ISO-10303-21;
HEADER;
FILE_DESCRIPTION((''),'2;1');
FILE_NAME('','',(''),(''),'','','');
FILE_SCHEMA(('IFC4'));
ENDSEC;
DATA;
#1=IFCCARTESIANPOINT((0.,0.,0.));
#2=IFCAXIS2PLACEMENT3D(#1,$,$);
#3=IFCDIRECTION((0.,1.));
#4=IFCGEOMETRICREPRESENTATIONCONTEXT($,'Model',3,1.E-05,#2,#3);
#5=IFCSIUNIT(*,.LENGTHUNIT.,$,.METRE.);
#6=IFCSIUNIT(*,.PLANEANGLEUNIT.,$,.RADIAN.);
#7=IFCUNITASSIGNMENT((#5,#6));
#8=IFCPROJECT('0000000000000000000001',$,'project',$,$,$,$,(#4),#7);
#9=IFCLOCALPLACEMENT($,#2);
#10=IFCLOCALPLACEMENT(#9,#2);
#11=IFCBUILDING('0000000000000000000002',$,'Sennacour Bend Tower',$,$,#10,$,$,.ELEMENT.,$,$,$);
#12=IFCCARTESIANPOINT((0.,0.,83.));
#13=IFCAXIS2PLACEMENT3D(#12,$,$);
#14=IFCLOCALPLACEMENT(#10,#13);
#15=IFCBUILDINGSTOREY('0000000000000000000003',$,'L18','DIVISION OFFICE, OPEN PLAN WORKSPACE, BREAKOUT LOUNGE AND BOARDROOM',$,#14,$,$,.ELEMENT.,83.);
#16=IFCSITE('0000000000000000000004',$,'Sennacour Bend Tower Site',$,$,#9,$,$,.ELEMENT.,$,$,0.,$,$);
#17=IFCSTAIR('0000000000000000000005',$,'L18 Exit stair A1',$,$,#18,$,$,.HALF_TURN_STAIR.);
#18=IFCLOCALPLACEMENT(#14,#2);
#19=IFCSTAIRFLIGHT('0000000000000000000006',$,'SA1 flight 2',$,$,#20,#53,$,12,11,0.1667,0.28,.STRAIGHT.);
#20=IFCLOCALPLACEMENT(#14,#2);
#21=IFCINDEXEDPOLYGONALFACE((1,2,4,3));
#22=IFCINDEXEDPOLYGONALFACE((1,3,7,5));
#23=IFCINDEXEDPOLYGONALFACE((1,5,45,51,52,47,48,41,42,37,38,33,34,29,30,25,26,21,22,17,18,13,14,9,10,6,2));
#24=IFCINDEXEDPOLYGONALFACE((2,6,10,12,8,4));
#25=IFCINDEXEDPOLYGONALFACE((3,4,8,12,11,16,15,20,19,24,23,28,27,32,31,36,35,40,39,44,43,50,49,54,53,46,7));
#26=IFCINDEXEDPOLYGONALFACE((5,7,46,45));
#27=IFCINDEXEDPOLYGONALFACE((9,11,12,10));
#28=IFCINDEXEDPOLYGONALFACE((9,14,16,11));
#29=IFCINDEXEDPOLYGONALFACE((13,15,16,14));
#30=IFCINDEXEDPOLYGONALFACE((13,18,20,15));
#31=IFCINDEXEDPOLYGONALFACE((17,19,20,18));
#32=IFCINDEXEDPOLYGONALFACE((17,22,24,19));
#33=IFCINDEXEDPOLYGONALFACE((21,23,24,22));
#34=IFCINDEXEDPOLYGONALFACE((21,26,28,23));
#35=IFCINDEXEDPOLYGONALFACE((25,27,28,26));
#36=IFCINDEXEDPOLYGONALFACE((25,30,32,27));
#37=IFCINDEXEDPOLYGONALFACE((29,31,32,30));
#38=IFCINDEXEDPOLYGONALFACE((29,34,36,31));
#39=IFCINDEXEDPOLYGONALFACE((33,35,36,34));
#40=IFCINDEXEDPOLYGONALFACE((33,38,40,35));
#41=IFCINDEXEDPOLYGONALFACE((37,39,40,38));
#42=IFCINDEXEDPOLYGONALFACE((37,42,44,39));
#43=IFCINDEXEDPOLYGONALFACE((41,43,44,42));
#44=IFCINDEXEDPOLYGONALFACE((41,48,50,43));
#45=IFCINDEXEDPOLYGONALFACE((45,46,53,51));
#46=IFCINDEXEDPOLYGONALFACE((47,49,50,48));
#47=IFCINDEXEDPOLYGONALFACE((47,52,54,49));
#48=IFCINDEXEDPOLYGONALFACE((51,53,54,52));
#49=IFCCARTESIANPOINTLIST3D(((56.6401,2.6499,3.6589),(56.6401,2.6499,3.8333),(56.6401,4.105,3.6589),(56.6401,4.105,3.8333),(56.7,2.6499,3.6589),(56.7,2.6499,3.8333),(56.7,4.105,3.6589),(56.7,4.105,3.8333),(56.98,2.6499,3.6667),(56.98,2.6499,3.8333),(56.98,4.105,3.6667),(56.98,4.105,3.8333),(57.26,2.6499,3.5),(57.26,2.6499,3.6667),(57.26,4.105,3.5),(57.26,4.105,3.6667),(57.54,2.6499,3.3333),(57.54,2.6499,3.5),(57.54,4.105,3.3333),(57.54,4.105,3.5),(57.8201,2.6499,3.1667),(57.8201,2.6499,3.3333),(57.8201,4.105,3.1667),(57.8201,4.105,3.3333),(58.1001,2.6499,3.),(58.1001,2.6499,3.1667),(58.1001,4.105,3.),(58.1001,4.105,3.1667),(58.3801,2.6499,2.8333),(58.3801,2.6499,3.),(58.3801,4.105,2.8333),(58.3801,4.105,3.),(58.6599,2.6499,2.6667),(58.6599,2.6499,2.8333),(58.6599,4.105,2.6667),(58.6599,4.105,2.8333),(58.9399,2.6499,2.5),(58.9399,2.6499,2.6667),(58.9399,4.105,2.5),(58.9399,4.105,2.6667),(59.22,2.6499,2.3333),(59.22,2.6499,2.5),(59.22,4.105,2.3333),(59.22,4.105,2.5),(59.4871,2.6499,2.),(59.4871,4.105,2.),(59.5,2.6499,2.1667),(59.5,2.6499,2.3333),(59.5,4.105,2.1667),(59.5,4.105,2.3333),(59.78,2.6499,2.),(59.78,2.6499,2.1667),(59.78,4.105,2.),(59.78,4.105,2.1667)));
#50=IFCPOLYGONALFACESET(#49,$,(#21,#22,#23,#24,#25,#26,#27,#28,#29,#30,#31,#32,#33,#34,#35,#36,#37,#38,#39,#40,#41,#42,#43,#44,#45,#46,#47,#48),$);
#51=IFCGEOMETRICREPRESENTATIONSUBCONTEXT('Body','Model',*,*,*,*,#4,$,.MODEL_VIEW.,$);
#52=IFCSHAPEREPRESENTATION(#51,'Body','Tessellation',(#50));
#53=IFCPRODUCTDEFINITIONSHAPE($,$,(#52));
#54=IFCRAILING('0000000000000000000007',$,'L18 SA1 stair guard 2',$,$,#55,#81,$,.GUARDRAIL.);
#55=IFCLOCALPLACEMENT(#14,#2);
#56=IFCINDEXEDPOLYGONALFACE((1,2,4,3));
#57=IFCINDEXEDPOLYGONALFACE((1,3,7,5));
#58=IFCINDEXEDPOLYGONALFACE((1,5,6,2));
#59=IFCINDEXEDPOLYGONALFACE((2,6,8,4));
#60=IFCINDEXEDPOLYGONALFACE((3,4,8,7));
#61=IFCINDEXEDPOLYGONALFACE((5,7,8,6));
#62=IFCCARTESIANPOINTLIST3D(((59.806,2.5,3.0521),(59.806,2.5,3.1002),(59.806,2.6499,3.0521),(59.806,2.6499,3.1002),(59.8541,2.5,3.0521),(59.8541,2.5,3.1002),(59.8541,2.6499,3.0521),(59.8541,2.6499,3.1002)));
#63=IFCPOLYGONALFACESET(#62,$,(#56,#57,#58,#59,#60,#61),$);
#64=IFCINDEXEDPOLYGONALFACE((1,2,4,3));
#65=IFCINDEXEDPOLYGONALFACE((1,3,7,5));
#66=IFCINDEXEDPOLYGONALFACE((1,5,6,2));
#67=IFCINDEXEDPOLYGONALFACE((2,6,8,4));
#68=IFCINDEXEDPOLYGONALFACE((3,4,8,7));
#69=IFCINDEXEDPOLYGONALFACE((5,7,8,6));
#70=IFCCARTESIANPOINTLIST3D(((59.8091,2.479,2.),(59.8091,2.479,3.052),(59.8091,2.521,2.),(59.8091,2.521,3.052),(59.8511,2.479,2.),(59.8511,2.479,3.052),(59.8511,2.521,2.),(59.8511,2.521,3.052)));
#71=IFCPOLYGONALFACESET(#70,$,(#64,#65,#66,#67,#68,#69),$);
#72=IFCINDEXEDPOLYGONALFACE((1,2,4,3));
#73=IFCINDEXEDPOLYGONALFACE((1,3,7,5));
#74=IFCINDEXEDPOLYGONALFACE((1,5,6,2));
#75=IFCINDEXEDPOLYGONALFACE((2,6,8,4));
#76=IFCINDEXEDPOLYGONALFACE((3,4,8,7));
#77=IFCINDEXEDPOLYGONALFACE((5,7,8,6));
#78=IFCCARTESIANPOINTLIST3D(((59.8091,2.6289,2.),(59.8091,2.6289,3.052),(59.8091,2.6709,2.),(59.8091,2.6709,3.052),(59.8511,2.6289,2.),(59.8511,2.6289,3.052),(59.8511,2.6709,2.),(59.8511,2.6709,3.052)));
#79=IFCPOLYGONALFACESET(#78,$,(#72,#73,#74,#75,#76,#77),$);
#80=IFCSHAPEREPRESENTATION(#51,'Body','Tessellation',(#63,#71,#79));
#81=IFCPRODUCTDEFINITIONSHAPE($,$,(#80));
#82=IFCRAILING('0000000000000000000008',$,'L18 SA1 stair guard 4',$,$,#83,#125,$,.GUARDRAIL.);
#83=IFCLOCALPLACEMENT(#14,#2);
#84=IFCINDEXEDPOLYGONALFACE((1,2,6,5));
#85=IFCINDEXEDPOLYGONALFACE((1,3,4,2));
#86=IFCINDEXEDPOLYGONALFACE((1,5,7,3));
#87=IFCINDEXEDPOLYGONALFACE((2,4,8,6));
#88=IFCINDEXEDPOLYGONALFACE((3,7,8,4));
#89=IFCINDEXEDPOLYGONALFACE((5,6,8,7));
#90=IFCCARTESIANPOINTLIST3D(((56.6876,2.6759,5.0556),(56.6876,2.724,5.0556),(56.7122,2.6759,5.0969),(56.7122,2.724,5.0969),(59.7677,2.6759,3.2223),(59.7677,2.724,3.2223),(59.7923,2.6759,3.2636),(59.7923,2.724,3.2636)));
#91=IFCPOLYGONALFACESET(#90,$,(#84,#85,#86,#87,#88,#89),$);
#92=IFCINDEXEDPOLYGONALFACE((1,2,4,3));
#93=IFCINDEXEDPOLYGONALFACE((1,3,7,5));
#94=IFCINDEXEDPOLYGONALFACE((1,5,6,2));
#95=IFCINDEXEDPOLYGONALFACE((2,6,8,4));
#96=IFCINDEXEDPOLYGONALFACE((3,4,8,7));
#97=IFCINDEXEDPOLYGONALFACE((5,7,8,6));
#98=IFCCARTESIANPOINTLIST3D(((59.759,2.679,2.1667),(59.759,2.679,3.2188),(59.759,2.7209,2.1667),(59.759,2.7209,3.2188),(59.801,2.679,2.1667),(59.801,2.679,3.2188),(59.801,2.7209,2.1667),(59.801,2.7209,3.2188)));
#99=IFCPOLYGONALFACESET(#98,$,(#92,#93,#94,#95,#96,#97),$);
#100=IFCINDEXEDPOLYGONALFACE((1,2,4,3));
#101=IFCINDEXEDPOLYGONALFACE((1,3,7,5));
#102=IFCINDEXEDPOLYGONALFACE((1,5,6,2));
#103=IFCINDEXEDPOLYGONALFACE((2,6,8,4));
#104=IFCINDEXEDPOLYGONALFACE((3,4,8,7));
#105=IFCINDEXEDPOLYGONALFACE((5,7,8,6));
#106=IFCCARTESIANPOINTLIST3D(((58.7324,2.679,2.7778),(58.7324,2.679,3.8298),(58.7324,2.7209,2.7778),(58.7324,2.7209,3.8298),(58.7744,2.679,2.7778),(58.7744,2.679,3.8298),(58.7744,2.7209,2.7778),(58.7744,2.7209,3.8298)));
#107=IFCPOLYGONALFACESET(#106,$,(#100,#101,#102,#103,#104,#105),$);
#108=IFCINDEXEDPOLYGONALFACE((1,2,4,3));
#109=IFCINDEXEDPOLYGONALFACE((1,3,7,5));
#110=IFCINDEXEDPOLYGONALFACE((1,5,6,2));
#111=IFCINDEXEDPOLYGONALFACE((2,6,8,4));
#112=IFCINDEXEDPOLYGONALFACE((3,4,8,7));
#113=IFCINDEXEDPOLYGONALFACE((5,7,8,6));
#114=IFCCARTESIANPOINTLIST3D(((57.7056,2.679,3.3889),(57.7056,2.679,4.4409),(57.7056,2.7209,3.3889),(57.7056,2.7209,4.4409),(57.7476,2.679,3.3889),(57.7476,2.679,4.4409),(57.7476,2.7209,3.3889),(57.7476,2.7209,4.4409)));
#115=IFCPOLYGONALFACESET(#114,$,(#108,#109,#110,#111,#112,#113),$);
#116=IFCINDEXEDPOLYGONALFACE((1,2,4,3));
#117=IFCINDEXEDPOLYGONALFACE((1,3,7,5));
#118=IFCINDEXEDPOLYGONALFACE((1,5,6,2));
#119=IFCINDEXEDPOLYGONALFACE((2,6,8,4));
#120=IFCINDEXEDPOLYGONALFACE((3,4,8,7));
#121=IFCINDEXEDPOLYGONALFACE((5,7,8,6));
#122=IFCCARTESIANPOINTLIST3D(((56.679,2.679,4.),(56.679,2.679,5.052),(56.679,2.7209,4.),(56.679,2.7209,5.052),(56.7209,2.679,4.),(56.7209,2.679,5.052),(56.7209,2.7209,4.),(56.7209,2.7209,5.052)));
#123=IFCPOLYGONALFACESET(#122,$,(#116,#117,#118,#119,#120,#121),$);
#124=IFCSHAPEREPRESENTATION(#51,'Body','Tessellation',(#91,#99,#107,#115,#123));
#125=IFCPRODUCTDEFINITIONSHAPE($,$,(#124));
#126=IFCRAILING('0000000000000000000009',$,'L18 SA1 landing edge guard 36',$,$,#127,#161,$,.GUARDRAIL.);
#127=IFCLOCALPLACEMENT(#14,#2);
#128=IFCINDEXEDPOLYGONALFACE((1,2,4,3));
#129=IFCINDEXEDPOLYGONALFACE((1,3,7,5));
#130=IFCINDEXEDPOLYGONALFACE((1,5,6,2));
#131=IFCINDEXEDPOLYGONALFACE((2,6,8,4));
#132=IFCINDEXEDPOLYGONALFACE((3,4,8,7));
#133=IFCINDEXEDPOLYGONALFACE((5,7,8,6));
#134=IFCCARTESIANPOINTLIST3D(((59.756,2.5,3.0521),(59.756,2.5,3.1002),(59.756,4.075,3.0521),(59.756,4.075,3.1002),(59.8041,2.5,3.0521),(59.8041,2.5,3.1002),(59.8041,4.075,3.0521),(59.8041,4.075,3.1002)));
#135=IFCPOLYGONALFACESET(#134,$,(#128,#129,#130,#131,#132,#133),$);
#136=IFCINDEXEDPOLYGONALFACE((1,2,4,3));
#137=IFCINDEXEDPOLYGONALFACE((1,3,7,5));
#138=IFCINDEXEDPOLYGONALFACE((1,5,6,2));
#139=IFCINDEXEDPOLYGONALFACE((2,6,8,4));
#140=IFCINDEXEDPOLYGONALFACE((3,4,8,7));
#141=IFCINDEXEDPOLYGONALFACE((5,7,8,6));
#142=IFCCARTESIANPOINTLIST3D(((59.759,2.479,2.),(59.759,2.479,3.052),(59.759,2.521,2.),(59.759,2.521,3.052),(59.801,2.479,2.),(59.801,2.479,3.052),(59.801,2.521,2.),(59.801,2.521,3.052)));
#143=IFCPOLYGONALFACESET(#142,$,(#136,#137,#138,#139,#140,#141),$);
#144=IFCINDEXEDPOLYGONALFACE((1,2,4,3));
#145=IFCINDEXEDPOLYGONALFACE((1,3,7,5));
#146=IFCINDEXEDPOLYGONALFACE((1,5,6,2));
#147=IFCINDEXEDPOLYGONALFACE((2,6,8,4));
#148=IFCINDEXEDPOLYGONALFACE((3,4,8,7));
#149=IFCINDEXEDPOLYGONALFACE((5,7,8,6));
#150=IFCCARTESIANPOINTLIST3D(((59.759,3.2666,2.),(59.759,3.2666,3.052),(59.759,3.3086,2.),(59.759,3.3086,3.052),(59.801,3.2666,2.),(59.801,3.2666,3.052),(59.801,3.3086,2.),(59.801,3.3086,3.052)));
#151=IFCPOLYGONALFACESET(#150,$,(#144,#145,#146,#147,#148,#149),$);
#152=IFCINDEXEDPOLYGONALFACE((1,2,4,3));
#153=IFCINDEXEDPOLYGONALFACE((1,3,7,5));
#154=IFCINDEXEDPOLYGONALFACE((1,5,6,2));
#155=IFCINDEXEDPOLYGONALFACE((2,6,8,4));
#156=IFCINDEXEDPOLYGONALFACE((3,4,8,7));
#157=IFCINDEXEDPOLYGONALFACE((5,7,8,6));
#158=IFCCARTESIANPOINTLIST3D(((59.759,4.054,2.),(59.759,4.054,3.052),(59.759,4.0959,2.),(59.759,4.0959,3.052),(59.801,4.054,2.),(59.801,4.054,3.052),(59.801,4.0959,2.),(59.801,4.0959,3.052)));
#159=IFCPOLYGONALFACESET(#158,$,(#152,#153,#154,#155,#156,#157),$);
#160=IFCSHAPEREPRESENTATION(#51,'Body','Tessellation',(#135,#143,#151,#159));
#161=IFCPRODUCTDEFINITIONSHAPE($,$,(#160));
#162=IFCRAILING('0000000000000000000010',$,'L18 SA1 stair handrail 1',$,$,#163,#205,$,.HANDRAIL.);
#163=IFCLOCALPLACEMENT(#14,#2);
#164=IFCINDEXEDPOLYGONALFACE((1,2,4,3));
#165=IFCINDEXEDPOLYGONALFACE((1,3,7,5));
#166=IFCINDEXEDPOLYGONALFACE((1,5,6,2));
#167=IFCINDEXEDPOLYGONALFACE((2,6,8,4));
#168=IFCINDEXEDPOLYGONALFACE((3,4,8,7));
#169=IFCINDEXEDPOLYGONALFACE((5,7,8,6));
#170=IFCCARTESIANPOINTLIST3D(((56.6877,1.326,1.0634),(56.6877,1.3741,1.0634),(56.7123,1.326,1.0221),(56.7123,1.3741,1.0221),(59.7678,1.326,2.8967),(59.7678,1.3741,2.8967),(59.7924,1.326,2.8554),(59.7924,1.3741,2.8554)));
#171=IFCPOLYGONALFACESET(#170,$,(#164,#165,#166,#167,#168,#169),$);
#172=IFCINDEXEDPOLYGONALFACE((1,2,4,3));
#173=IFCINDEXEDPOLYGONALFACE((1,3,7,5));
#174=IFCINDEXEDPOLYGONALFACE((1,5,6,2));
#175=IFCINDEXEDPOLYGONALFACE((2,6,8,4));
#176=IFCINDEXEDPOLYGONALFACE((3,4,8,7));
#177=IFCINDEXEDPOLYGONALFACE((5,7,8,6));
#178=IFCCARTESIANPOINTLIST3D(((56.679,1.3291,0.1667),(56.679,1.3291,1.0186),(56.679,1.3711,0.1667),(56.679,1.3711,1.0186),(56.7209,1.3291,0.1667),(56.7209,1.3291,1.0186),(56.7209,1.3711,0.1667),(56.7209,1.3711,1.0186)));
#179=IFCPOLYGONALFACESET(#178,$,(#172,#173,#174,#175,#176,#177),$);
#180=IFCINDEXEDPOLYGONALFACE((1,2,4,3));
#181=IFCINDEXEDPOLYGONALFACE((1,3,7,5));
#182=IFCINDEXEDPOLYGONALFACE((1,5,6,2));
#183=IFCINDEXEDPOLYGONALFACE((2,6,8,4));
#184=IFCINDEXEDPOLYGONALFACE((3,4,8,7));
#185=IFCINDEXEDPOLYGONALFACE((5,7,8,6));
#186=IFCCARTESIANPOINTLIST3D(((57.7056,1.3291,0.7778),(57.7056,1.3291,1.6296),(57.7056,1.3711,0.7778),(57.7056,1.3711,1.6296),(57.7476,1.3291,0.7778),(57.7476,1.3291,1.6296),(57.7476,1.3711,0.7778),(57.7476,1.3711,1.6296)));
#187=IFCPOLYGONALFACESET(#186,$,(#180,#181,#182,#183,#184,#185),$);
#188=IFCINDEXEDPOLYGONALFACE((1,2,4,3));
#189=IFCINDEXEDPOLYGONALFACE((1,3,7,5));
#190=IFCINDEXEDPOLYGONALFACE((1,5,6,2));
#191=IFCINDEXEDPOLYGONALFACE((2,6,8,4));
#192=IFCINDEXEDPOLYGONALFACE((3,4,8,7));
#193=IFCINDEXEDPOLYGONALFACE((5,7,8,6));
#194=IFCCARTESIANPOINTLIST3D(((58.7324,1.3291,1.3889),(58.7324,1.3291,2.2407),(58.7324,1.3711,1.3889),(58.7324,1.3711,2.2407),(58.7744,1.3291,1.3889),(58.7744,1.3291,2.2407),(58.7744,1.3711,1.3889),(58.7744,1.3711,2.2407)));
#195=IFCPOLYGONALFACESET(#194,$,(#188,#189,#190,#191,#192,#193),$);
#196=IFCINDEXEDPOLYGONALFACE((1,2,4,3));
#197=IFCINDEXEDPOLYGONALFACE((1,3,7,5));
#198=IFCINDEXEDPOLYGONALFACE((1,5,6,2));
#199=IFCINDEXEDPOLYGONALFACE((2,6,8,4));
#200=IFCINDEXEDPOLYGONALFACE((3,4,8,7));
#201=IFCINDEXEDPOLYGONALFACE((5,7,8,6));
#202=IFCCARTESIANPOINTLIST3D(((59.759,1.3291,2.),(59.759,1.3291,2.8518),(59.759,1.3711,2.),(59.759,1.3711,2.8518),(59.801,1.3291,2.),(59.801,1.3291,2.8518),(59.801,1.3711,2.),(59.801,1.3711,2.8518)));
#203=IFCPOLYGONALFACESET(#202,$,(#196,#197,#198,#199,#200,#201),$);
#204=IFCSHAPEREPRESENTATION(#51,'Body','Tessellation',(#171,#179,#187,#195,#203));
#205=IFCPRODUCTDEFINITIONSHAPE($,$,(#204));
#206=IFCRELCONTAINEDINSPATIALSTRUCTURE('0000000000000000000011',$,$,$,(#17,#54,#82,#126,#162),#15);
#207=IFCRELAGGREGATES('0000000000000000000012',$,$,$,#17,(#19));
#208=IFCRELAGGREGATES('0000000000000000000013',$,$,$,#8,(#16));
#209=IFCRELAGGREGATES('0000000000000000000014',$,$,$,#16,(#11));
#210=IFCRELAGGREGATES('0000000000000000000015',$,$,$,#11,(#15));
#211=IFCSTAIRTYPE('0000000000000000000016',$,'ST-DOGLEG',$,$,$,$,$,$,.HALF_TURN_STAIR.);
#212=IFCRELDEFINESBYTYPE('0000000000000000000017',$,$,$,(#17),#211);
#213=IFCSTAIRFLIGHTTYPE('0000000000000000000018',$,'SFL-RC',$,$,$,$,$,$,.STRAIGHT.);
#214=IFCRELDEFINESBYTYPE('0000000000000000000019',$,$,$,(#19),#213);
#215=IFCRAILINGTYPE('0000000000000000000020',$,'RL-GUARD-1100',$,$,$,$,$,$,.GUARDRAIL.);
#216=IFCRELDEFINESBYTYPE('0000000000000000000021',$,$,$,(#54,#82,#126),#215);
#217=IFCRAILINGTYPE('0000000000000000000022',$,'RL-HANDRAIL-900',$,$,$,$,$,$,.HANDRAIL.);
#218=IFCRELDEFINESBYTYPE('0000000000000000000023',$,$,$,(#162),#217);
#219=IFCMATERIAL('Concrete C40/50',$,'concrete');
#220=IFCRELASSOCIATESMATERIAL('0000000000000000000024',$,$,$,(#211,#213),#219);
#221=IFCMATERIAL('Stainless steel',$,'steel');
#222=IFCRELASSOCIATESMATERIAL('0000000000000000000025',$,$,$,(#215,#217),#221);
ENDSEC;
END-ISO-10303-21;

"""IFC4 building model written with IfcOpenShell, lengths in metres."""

from ifc_helpers import new_model, si_unit, direction, frame, origin, origin_2d, place, context, subcontext, project, spatial, polyline, rectangle, outline, extrude, material, type_object, element, aggregate, save


model = new_model("IFC4")

# Units and contexts
model_context = context("Model", 3, precision=1e-05, world=origin(), true_north=direction((0.0, 1.0)))
body_context = subcontext(model_context, "Body", "Model", "MODEL_VIEW")
ifc_project = project(units=[si_unit("LENGTHUNIT", "METRE"), si_unit("PLANEANGLEUNIT", "RADIAN")], contexts=[model_context])

# Site, building, storey
site_placement = place(None, origin())
site = spatial("IfcSite", under=ifc_project, at=site_placement, Name="Sennacour Bend Tower Site", CompositionType="ELEMENT", RefElevation=0.0)
building_placement = place(site_placement, origin())
building = spatial("IfcBuilding", under=site, at=building_placement, Name="Sennacour Bend Tower", CompositionType="ELEMENT")
storey_placement = place(building_placement, frame((0.0, 0.0, 83.0)))
storey = spatial("IfcBuildingStorey", under=building, at=storey_placement, Name="L18", Description="DIVISION OFFICE, OPEN PLAN WORKSPACE, BREAKOUT LOUNGE AND BOARDROOM", CompositionType="ELEMENT", Elevation=83.0)

# Shared definitions
ifc_material_1 = material(Name="Stainless steel", Category="steel")

# Stair, stair flight
ifc_material_2 = material(Name="Concrete C40/50", Category="concrete")
stair_type = type_object("IfcStairType", Name="ST-DOGLEG", PredefinedType="HALF_TURN_STAIR", material=ifc_material_2)
stair_placement = place(storey_placement, origin())
stair = element("IfcStair", 1, at=stair_placement, inside=storey, type_object=stair_type, Name="L18 Exit stair A1", PredefinedType="HALF_TURN_STAIR")
stair_flight_type = type_object("IfcStairFlightType", Name="SFL-RC", PredefinedType="STRAIGHT", material=ifc_material_2)
stair_flight_placement = place(storey_placement, frame((59.78, 3.3774, 2.0), z_axis=(0.0, 0.0, 1.0), x_axis=(-1.0, 0.0, 0.0)))
stair_flight = element("IfcStairFlight", 2, at=stair_flight_placement, type_object=stair_flight_type, Name="SA1 flight 2", NumberOfRisers=12, NumberOfTreads=11, PredefinedType="STRAIGHT", RiserHeight=0.1667, TreadLength=0.28, context=body_context, shape_type="SweptSolid", body=[
    extrude(outline(polyline([(0.0, 0.0), (0.0, 0.1667), (0.28, 0.1667), (0.28, 0.3333), (0.5601, 0.3333), (0.5601, 0.5), (0.8401, 0.5), (0.8401, 0.6667), (1.1201, 0.6667), (1.1201, 0.8333), (1.3999, 0.8333), (1.3999, 1.0), (1.6799, 1.0), (1.6799, 1.1667), (1.96, 1.1667), (1.96, 1.3333), (2.24, 1.3333), (2.24, 1.5), (2.52, 1.5), (2.52, 1.6667), (2.8, 1.6667), (2.8, 1.8333), (3.0801, 1.8333), (3.1399, 1.8333), (3.1399, 1.6589), (3.0801, 1.6589), (0.293, 0.0), (0.0, 0.0)])), frame((0.0, 0.7275, 0.0), z_axis=(0.0, -1.0, 0.0), x_axis=(1.0, 0.0, 0.0)), (0.0, 0.0, 1.0), 1.4551),
])
aggregate(stair, [stair_flight])

# Railings
railing_type_1 = type_object("IfcRailingType", Name="RL-GUARD-1100", PredefinedType="GUARDRAIL", material=ifc_material_1)
railing_1_placement = place(storey_placement, frame((59.8301, 2.5, 2.0)))
element("IfcRailing", 3, at=railing_1_placement, inside=storey, type_object=railing_type_1, Name="L18 SA1 stair guard 2", PredefinedType="GUARDRAIL", context=body_context, shape_type="SweptSolid", body=[
    extrude(rectangle(XDim=0.0481, YDim=0.0481, at=origin_2d()), frame((0.0, 0.0, 1.0762), z_axis=(0.0, 1.0, 0.0), x_axis=(-1.0, 0.0, 0.0)), (0.0, 0.0, 1.0), 0.1499),
    extrude(rectangle(XDim=0.042, YDim=0.042, at=origin_2d()), origin(), (0.0, 0.0, 1.0), 1.052),
    extrude(rectangle(XDim=0.042, YDim=0.042, at=origin_2d()), frame((0.0, 0.1499, 0.0)), (0.0, 0.0, 1.0), 1.052),
])
railing_2_placement = place(storey_placement, frame((59.78, 2.7, 2.1667)))
element("IfcRailing", 4, at=railing_2_placement, inside=storey, type_object=railing_type_1, Name="L18 SA1 stair guard 4", PredefinedType="GUARDRAIL", context=body_context, shape_type="SweptSolid", body=[
    extrude(rectangle(XDim=0.0481, YDim=0.0481, at=origin_2d()), frame((0.0, 0.0, 1.0762), z_axis=(-0.859309, 0.0, 0.511458), x_axis=(0.0, -1.0, 0.0)), (0.0, 0.0, 1.0), 3.5845),
    extrude(rectangle(XDim=0.042, YDim=0.042, at=origin_2d()), origin(), (0.0, 0.0, 1.0), 1.052),
    extrude(rectangle(XDim=0.042, YDim=0.042, at=origin_2d()), frame((-1.0266, 0.0, 0.6111)), (0.0, 0.0, 1.0), 1.052),
    extrude(rectangle(XDim=0.042, YDim=0.042, at=origin_2d()), frame((-2.0535, 0.0, 1.2222)), (0.0, 0.0, 1.0), 1.052),
    extrude(rectangle(XDim=0.042, YDim=0.042, at=origin_2d()), frame((-3.0801, 0.0, 1.8333)), (0.0, 0.0, 1.0), 1.052),
])
railing_3_placement = place(storey_placement, frame((59.78, 2.5, 2.0)))
element("IfcRailing", 5, at=railing_3_placement, inside=storey, type_object=railing_type_1, Name="L18 SA1 landing edge guard 36", PredefinedType="GUARDRAIL", context=body_context, shape_type="SweptSolid", body=[
    extrude(rectangle(XDim=0.0481, YDim=0.0481, at=origin_2d()), frame((0.0, 0.0, 1.0762), z_axis=(0.0, 1.0, 0.0), x_axis=(-1.0, 0.0, 0.0)), (0.0, 0.0, 1.0), 1.575),
    extrude(rectangle(XDim=0.042, YDim=0.042, at=origin_2d()), origin(), (0.0, 0.0, 1.0), 1.052),
    extrude(rectangle(XDim=0.042, YDim=0.042, at=origin_2d()), frame((0.0, 0.7876, 0.0)), (0.0, 0.0, 1.0), 1.052),
    extrude(rectangle(XDim=0.042, YDim=0.042, at=origin_2d()), frame((0.0, 1.575, 0.0)), (0.0, 0.0, 1.0), 1.052),
])
railing_type_2 = type_object("IfcRailingType", Name="RL-HANDRAIL-900", PredefinedType="HANDRAIL", material=ifc_material_1)
railing_4_placement = place(storey_placement, frame((56.7, 1.3501, 0.1667)))
element("IfcRailing", 6, at=railing_4_placement, inside=storey, type_object=railing_type_2, Name="L18 SA1 stair handrail 1", PredefinedType="HANDRAIL", context=body_context, shape_type="SweptSolid", body=[
    extrude(rectangle(XDim=0.0481, YDim=0.0481, at=origin_2d()), frame((0.0, 0.0, 0.876), z_axis=(0.859309, 0.0, 0.511458), x_axis=(0.0, 1.0, 0.0)), (0.0, 0.0, 1.0), 3.5845),
    extrude(rectangle(XDim=0.042, YDim=0.042, at=origin_2d()), origin(), (0.0, 0.0, 1.0), 0.8518),
    extrude(rectangle(XDim=0.042, YDim=0.042, at=origin_2d()), frame((1.0266, 0.0, 0.6111)), (0.0, 0.0, 1.0), 0.8518),
    extrude(rectangle(XDim=0.042, YDim=0.042, at=origin_2d()), frame((2.0535, 0.0, 1.2222)), (0.0, 0.0, 1.0), 0.8518),
    extrude(rectangle(XDim=0.042, YDim=0.042, at=origin_2d()), frame((3.0801, 0.0, 1.8333)), (0.0, 0.0, 1.0), 0.8518),
])

save(model, "model.ifc")
